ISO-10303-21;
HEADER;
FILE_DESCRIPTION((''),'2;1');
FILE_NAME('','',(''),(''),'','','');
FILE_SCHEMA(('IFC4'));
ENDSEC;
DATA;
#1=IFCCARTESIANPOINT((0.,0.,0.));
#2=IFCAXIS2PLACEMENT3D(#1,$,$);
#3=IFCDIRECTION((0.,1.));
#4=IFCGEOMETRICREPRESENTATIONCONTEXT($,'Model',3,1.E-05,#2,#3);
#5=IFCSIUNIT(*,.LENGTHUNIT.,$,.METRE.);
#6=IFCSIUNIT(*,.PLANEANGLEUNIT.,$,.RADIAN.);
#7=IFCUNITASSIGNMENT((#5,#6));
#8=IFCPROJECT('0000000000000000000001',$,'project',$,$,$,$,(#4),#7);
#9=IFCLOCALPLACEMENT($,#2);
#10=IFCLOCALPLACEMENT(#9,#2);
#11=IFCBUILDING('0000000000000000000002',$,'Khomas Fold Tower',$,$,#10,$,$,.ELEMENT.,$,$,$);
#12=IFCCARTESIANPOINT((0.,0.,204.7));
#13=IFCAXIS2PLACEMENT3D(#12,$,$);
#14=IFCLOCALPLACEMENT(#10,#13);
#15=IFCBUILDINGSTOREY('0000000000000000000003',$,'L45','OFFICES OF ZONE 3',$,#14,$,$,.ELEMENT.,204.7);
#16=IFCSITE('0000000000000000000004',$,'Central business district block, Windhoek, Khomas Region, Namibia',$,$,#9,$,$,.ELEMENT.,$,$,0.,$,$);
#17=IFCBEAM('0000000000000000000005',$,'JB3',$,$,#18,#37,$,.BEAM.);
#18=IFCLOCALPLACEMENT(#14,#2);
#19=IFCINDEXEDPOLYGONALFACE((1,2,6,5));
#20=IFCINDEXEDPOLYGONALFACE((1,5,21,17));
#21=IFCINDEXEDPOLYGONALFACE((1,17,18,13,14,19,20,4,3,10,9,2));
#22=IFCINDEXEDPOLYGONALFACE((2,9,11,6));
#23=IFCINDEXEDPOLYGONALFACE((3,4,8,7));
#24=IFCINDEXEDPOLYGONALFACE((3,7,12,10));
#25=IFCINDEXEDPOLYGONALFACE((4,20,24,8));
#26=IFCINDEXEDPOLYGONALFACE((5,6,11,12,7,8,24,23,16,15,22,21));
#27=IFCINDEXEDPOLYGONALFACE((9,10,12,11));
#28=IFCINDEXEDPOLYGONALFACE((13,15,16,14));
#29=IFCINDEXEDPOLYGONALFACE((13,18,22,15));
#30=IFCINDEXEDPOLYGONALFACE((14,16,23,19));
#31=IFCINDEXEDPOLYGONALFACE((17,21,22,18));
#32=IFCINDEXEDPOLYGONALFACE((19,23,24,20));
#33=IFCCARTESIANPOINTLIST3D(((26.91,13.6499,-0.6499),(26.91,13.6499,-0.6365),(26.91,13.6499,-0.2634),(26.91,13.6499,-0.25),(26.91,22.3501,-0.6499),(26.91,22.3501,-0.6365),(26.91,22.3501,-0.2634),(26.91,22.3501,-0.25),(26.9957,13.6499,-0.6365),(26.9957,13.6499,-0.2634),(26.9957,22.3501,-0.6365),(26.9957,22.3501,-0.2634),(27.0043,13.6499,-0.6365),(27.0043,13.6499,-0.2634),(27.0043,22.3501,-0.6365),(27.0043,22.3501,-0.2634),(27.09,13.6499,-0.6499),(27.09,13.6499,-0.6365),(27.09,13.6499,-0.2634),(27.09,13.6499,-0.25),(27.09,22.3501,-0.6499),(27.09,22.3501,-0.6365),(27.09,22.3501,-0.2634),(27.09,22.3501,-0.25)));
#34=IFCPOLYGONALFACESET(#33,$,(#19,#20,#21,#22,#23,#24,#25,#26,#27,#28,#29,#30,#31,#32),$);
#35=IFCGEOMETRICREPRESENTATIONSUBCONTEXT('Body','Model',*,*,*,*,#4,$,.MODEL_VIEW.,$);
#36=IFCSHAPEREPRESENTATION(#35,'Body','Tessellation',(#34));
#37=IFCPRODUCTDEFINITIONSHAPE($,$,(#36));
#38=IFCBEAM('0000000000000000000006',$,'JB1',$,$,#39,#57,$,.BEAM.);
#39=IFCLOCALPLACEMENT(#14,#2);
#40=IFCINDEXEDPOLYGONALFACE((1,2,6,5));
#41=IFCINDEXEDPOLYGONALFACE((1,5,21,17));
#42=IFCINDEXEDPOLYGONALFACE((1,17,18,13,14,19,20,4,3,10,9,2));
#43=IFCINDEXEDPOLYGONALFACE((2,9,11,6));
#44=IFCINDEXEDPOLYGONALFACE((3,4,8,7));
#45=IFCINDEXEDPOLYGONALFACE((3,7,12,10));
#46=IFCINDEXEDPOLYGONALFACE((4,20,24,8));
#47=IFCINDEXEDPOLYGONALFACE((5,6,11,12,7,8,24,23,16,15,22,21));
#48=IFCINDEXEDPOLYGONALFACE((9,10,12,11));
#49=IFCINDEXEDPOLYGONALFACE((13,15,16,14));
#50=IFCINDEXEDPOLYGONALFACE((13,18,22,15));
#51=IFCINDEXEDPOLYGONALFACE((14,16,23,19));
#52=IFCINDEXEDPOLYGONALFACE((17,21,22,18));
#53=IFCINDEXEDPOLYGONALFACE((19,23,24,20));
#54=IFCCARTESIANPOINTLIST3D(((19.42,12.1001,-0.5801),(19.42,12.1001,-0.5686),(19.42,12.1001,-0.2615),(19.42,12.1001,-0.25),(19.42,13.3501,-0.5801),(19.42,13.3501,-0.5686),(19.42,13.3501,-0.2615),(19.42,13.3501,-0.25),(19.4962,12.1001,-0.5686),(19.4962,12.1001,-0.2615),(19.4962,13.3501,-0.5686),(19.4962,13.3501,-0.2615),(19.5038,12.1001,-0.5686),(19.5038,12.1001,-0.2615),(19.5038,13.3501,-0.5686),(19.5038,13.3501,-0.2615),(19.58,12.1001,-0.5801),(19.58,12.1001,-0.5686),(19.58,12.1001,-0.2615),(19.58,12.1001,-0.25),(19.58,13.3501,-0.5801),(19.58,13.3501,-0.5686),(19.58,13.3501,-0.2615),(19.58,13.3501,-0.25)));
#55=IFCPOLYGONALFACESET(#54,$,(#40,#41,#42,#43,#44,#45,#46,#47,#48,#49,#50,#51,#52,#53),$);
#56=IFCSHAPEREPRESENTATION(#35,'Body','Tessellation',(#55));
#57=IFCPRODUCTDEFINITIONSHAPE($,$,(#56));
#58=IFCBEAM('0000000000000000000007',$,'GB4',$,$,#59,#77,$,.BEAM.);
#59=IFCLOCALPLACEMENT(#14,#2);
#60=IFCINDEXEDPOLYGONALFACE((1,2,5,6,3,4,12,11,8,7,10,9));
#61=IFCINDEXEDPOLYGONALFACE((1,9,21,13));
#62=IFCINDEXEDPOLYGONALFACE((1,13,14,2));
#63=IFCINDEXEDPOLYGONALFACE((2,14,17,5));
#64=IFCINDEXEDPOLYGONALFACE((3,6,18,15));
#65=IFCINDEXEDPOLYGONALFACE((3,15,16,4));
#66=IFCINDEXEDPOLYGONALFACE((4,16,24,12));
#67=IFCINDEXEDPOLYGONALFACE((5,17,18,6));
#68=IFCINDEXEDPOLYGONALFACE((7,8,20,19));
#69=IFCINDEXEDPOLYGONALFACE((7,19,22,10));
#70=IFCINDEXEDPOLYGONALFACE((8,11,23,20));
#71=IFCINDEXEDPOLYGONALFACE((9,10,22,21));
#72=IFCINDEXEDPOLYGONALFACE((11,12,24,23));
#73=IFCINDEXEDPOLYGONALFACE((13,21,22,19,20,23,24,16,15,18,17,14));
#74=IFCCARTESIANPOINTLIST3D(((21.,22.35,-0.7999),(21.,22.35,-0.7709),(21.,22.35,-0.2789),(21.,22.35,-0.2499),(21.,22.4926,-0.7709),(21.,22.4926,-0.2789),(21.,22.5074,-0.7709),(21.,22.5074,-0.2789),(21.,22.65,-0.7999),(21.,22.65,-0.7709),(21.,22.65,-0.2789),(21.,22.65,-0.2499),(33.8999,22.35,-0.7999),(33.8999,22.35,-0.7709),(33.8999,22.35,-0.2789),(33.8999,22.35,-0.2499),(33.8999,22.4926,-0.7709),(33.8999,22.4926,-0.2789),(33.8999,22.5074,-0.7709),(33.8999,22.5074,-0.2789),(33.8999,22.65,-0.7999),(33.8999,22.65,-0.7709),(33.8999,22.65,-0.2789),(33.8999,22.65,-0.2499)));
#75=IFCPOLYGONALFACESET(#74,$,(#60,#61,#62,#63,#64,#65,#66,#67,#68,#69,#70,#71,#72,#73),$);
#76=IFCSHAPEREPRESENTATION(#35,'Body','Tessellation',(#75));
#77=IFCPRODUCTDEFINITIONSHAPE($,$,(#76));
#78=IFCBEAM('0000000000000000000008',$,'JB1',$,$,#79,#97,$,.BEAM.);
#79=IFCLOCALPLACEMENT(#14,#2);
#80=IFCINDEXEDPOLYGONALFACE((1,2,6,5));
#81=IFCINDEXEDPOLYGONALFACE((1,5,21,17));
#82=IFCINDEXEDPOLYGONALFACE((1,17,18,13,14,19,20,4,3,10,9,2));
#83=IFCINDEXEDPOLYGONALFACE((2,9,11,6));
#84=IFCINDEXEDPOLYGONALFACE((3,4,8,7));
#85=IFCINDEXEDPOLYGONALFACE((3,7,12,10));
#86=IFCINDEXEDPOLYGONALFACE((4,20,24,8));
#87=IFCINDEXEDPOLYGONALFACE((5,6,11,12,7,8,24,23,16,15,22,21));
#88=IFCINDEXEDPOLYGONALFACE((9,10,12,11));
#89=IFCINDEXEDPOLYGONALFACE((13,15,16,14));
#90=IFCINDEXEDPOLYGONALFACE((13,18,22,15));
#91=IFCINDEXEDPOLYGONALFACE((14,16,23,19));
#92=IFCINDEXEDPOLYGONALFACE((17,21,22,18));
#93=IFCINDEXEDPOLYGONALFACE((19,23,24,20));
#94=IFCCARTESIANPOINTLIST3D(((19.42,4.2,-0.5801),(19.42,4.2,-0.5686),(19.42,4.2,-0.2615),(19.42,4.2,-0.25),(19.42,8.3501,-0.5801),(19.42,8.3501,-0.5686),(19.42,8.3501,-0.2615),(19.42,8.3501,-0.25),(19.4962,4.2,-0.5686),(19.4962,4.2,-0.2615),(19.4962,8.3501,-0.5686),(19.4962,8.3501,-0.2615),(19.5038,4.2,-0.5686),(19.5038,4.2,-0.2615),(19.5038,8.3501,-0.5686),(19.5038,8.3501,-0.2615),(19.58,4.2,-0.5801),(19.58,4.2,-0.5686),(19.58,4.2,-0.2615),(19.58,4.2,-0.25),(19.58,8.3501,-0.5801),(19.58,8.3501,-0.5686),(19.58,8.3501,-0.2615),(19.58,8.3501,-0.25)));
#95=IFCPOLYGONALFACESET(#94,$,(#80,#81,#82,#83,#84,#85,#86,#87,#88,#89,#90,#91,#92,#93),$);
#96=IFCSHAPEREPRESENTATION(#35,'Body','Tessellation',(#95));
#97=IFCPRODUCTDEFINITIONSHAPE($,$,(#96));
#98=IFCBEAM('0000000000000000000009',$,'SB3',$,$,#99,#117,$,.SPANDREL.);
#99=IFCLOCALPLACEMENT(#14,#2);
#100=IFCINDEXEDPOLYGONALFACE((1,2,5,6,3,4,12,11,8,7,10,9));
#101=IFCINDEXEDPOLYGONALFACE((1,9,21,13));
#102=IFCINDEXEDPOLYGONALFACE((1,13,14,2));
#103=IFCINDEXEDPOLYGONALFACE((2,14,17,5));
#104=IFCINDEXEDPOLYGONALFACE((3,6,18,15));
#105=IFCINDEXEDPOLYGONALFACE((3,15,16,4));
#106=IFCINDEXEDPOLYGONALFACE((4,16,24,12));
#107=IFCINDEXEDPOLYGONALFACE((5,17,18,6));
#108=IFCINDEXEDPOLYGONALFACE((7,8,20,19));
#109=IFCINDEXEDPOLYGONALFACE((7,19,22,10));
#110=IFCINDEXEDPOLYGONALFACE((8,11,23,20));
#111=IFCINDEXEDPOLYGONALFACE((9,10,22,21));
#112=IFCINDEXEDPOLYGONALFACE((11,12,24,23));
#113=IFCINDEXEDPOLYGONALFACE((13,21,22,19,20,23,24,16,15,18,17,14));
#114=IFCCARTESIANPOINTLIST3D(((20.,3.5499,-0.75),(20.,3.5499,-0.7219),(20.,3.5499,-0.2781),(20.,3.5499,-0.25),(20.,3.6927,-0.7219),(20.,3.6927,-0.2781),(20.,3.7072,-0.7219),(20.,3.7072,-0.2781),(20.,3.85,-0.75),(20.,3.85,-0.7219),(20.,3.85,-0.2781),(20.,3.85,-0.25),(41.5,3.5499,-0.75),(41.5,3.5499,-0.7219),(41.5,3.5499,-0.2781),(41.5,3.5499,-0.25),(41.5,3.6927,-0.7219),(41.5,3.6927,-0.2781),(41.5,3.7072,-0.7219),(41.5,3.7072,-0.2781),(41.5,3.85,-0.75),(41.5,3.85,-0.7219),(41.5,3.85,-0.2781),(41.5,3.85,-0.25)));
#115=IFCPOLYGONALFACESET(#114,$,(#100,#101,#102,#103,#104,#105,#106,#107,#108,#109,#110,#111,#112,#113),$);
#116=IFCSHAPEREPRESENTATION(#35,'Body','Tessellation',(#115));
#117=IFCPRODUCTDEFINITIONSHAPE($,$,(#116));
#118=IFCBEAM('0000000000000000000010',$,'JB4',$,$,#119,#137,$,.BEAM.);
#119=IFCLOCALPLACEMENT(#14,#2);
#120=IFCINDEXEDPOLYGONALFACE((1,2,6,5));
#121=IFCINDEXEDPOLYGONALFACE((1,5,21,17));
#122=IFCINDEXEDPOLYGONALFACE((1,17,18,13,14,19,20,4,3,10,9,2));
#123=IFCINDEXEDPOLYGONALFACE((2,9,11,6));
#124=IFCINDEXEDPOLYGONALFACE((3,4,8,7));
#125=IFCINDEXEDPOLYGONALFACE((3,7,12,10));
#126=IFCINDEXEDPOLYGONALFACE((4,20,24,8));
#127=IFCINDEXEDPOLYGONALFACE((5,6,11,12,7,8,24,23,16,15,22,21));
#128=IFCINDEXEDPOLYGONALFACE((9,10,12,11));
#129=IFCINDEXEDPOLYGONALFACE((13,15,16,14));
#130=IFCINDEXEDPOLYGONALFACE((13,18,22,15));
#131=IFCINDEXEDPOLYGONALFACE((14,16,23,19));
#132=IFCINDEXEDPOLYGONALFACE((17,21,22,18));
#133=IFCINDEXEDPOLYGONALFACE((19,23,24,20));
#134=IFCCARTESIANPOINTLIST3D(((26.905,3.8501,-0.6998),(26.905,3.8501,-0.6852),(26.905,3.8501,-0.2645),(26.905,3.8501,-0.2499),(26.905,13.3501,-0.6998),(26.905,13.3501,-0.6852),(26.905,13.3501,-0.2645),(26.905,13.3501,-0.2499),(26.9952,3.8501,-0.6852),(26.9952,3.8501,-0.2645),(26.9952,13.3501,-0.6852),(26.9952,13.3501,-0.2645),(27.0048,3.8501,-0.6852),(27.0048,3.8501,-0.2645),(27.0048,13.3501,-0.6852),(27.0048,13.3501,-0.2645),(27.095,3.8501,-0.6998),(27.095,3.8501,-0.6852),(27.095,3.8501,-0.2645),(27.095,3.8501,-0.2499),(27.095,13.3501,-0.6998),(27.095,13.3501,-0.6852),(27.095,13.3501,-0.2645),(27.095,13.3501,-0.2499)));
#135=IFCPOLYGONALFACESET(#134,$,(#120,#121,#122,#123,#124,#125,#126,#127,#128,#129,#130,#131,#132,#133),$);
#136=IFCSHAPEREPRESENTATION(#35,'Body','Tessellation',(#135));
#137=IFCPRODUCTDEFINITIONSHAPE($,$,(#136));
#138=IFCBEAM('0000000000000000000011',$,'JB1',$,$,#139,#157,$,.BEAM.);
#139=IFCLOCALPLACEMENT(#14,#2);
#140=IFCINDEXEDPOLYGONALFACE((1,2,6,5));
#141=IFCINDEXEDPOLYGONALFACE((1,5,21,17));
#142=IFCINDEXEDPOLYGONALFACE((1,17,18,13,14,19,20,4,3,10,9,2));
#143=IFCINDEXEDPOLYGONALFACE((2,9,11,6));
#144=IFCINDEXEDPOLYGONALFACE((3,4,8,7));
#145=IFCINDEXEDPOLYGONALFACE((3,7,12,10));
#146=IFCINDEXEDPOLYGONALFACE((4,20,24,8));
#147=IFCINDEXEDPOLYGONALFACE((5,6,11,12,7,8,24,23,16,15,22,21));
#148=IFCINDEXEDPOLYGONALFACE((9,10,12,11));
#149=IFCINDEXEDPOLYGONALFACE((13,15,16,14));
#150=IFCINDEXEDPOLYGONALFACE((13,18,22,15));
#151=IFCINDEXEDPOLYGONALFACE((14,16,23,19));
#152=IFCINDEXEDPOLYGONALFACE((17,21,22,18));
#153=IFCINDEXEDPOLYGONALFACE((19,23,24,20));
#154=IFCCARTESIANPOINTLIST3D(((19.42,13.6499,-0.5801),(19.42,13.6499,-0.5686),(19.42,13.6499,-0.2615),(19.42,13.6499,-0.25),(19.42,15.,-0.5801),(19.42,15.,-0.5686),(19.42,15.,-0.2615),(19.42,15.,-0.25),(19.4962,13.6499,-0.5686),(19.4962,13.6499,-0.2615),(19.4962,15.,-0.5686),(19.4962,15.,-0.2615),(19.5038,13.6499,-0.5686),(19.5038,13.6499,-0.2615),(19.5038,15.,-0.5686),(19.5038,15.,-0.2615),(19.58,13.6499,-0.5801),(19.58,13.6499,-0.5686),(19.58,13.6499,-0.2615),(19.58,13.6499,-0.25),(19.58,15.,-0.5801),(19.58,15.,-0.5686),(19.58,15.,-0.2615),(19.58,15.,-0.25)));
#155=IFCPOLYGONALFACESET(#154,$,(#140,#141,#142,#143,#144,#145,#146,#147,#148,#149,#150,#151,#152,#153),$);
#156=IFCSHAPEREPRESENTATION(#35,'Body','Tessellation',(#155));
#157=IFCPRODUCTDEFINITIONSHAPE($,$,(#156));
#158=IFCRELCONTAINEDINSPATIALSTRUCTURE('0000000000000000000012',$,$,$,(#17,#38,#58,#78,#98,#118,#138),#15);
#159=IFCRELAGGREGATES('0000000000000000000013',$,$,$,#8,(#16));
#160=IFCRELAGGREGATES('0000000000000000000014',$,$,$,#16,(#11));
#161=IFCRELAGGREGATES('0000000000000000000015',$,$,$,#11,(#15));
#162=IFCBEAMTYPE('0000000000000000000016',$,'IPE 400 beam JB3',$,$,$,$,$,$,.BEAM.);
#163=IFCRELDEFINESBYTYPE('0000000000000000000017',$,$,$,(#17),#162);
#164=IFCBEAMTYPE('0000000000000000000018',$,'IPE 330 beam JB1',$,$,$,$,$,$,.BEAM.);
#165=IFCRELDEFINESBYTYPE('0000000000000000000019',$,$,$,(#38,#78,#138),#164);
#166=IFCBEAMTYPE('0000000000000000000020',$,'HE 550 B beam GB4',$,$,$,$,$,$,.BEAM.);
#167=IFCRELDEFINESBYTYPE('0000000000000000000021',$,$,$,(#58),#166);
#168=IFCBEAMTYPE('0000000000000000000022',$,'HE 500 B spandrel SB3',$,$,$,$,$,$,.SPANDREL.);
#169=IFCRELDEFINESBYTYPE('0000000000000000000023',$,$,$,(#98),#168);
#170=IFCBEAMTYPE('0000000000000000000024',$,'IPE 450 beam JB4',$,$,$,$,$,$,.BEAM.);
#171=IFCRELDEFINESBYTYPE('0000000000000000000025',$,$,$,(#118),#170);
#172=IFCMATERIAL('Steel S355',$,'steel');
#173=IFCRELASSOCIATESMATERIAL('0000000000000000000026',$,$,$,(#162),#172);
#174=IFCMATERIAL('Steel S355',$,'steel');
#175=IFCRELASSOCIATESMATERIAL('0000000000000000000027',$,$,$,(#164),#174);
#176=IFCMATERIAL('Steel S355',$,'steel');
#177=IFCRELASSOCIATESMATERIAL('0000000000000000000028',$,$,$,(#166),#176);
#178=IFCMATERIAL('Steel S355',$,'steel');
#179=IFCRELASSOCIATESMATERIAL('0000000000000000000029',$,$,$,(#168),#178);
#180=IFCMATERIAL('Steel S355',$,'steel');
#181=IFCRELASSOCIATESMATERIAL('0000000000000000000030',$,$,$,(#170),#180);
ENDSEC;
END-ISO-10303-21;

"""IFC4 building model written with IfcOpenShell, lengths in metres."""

from ifc_helpers import new_model, si_unit, direction, frame, origin, origin_2d, place, context, subcontext, project, spatial, i_section, extrude, source, transform, mapped, material, material_profile, profile_set, type_object, element, save


model = new_model("IFC4")

# Units and contexts
model_context = context("Model", 3, precision=1e-05, world=origin(), true_north=direction((0.0, 1.0)))
body_context = subcontext(model_context, "Body", "Model", "MODEL_VIEW")
ifc_project = project(units=[si_unit("LENGTHUNIT", "METRE"), si_unit("PLANEANGLEUNIT", "RADIAN")], contexts=[model_context])

# Site, building, storey
site_placement = place(None, origin())
site = spatial("IfcSite", under=ifc_project, at=site_placement, Name="Central business district block, Windhoek, Khomas Region, Namibia", CompositionType="ELEMENT", RefElevation=0.0)
building_placement = place(site_placement, origin())
building = spatial("IfcBuilding", under=site, at=building_placement, Name="Khomas Fold Tower", CompositionType="ELEMENT")
storey_placement = place(building_placement, frame((0.0, 0.0, 204.7)))
storey = spatial("IfcBuildingStorey", under=building, at=storey_placement, Name="L45", Description="OFFICES OF ZONE 3", CompositionType="ELEMENT", Elevation=204.7)

# Beams
ifc_material_1 = material(Name="Steel S355", Category="steel")
ifc_material_profile_1 = material_profile(ifc_material_1, i_section(OverallWidth=0.1799, OverallDepth=0.3999, WebThickness=0.0085, FlangeThickness=0.0134, at=origin_2d()), Name="IPE 400")
ifc_profile_set_1 = profile_set([ifc_material_profile_1], Name="Steel S355")
beam_type_1 = type_object("IfcBeamType", Name="IPE 400 beam JB3", PredefinedType="BEAM", material=ifc_profile_set_1)
shared_shape_1 = source(origin(), body_context, "Body", "SweptSolid", [
    extrude(i_section(OverallWidth=0.1799, OverallDepth=0.3999, WebThickness=0.0085, FlangeThickness=0.0134, at=origin_2d()), origin(), (0.0, 0.0, 1.0), 8.7002),
])
beam_1_placement = place(storey_placement, frame((27.0, 13.6499, -0.45), z_axis=(0.0, 1.0, 0.0), x_axis=(-1.0, 0.0, 0.0)))
element("IfcBeam", 1, at=beam_1_placement, inside=storey, type_object=beam_type_1, Name="JB3", PredefinedType="BEAM", context=body_context, shape_type="MappedRepresentation", body=[
    mapped(shared_shape_1, transform((0.0, 0.0, 0.0))),
])
ifc_material_2 = material(Name="Steel S355", Category="steel")
ifc_material_profile_2 = material_profile(ifc_material_2, i_section(OverallWidth=0.1599, OverallDepth=0.3301, WebThickness=0.0076, FlangeThickness=0.0115, at=origin_2d()), Name="IPE 330")
ifc_profile_set_2 = profile_set([ifc_material_profile_2], Name="Steel S355")
beam_type_2 = type_object("IfcBeamType", Name="IPE 330 beam JB1", PredefinedType="BEAM", material=ifc_profile_set_2)
shared_shape_2 = source(origin(), body_context, "Body", "SweptSolid", [
    extrude(i_section(OverallWidth=0.1599, OverallDepth=0.3301, WebThickness=0.0076, FlangeThickness=0.0115, at=origin_2d()), origin(), (0.0, 0.0, 1.0), 1.25),
])
beam_2_placement = place(storey_placement, frame((19.5, 12.1001, -0.415), z_axis=(0.0, 1.0, 0.0), x_axis=(-1.0, 0.0, 0.0)))
element("IfcBeam", 2, at=beam_2_placement, inside=storey, type_object=beam_type_2, Name="JB1", PredefinedType="BEAM", context=body_context, shape_type="MappedRepresentation", body=[
    mapped(shared_shape_2, transform((0.0, 0.0, 0.0))),
])
ifc_material_3 = material(Name="Steel S355", Category="steel")
ifc_material_profile_3 = material_profile(ifc_material_3, i_section(OverallWidth=0.3, OverallDepth=0.55, WebThickness=0.0149, FlangeThickness=0.0291, at=origin_2d()), Name="HE 550 B")
ifc_profile_set_3 = profile_set([ifc_material_profile_3], Name="Steel S355")
beam_type_3 = type_object("IfcBeamType", Name="HE 550 B beam GB4", PredefinedType="BEAM", material=ifc_profile_set_3)
shared_shape_3 = source(origin(), body_context, "Body", "SweptSolid", [
    extrude(i_section(OverallWidth=0.3, OverallDepth=0.55, WebThickness=0.0149, FlangeThickness=0.0291, at=origin_2d()), origin(), (0.0, 0.0, 1.0), 12.8999),
])
beam_3_placement = place(storey_placement, frame((21.0, 22.5, -0.5249), z_axis=(1.0, 0.0, 0.0), x_axis=(0.0, 1.0, 0.0)))
element("IfcBeam", 3, at=beam_3_placement, inside=storey, type_object=beam_type_3, Name="GB4", PredefinedType="BEAM", context=body_context, shape_type="MappedRepresentation", body=[
    mapped(shared_shape_3, transform((0.0, 0.0, 0.0))),
])
shared_shape_4 = source(origin(), body_context, "Body", "SweptSolid", [
    extrude(i_section(OverallWidth=0.1599, OverallDepth=0.3301, WebThickness=0.0076, FlangeThickness=0.0115, at=origin_2d()), origin(), (0.0, 0.0, 1.0), 4.1501),
])
beam_4_placement = place(storey_placement, frame((19.5, 4.2, -0.415), z_axis=(0.0, 1.0, 0.0), x_axis=(-1.0, 0.0, 0.0)))
element("IfcBeam", 4, at=beam_4_placement, inside=storey, type_object=beam_type_2, Name="JB1", PredefinedType="BEAM", context=body_context, shape_type="MappedRepresentation", body=[
    mapped(shared_shape_4, transform((0.0, 0.0, 0.0))),
])
ifc_material_4 = material(Name="Steel S355", Category="steel")
ifc_material_profile_4 = material_profile(ifc_material_4, i_section(OverallWidth=0.3, OverallDepth=0.5, WebThickness=0.0144, FlangeThickness=0.0281, at=origin_2d()), Name="HE 500 B")
ifc_profile_set_4 = profile_set([ifc_material_profile_4], Name="Steel S355")
beam_type_4 = type_object("IfcBeamType", Name="HE 500 B spandrel SB3", PredefinedType="SPANDREL", material=ifc_profile_set_4)
shared_shape_5 = source(origin(), body_context, "Body", "SweptSolid", [
    extrude(i_section(OverallWidth=0.3, OverallDepth=0.5, WebThickness=0.0144, FlangeThickness=0.0281, at=origin_2d()), origin(), (0.0, 0.0, 1.0), 21.5),
])
beam_5_placement = place(storey_placement, frame((20.0, 3.7, -0.5), z_axis=(1.0, 0.0, 0.0), x_axis=(0.0, 1.0, 0.0)))
element("IfcBeam", 5, at=beam_5_placement, inside=storey, type_object=beam_type_4, Name="SB3", PredefinedType="SPANDREL", context=body_context, shape_type="MappedRepresentation", body=[
    mapped(shared_shape_5, transform((0.0, 0.0, 0.0))),
])
ifc_material_5 = material(Name="Steel S355", Category="steel")
ifc_material_profile_5 = material_profile(ifc_material_5, i_section(OverallWidth=0.1899, OverallDepth=0.45, WebThickness=0.0095, FlangeThickness=0.0146, at=origin_2d()), Name="IPE 450")
ifc_profile_set_5 = profile_set([ifc_material_profile_5], Name="Steel S355")
beam_type_5 = type_object("IfcBeamType", Name="IPE 450 beam JB4", PredefinedType="BEAM", material=ifc_profile_set_5)
shared_shape_6 = source(origin(), body_context, "Body", "SweptSolid", [
    extrude(i_section(OverallWidth=0.1899, OverallDepth=0.45, WebThickness=0.0095, FlangeThickness=0.0146, at=origin_2d()), origin(), (0.0, 0.0, 1.0), 9.5),
])
beam_6_placement = place(storey_placement, frame((27.0, 3.8501, -0.4749), z_axis=(0.0, 1.0, 0.0), x_axis=(-1.0, 0.0, 0.0)))
element("IfcBeam", 6, at=beam_6_placement, inside=storey, type_object=beam_type_5, Name="JB4", PredefinedType="BEAM", context=body_context, shape_type="MappedRepresentation", body=[
    mapped(shared_shape_6, transform((0.0, 0.0, 0.0))),
])
shared_shape_7 = source(origin(), body_context, "Body", "SweptSolid", [
    extrude(i_section(OverallWidth=0.1599, OverallDepth=0.3301, WebThickness=0.0076, FlangeThickness=0.0115, at=origin_2d()), origin(), (0.0, 0.0, 1.0), 1.3501),
])
beam_7_placement = place(storey_placement, frame((19.5, 13.6499, -0.415), z_axis=(0.0, 1.0, 0.0), x_axis=(-1.0, 0.0, 0.0)))
element("IfcBeam", 7, at=beam_7_placement, inside=storey, type_object=beam_type_2, Name="JB1", PredefinedType="BEAM", context=body_context, shape_type="MappedRepresentation", body=[
    mapped(shared_shape_7, transform((0.0, 0.0, 0.0))),
])

save(model, "model.ifc")
